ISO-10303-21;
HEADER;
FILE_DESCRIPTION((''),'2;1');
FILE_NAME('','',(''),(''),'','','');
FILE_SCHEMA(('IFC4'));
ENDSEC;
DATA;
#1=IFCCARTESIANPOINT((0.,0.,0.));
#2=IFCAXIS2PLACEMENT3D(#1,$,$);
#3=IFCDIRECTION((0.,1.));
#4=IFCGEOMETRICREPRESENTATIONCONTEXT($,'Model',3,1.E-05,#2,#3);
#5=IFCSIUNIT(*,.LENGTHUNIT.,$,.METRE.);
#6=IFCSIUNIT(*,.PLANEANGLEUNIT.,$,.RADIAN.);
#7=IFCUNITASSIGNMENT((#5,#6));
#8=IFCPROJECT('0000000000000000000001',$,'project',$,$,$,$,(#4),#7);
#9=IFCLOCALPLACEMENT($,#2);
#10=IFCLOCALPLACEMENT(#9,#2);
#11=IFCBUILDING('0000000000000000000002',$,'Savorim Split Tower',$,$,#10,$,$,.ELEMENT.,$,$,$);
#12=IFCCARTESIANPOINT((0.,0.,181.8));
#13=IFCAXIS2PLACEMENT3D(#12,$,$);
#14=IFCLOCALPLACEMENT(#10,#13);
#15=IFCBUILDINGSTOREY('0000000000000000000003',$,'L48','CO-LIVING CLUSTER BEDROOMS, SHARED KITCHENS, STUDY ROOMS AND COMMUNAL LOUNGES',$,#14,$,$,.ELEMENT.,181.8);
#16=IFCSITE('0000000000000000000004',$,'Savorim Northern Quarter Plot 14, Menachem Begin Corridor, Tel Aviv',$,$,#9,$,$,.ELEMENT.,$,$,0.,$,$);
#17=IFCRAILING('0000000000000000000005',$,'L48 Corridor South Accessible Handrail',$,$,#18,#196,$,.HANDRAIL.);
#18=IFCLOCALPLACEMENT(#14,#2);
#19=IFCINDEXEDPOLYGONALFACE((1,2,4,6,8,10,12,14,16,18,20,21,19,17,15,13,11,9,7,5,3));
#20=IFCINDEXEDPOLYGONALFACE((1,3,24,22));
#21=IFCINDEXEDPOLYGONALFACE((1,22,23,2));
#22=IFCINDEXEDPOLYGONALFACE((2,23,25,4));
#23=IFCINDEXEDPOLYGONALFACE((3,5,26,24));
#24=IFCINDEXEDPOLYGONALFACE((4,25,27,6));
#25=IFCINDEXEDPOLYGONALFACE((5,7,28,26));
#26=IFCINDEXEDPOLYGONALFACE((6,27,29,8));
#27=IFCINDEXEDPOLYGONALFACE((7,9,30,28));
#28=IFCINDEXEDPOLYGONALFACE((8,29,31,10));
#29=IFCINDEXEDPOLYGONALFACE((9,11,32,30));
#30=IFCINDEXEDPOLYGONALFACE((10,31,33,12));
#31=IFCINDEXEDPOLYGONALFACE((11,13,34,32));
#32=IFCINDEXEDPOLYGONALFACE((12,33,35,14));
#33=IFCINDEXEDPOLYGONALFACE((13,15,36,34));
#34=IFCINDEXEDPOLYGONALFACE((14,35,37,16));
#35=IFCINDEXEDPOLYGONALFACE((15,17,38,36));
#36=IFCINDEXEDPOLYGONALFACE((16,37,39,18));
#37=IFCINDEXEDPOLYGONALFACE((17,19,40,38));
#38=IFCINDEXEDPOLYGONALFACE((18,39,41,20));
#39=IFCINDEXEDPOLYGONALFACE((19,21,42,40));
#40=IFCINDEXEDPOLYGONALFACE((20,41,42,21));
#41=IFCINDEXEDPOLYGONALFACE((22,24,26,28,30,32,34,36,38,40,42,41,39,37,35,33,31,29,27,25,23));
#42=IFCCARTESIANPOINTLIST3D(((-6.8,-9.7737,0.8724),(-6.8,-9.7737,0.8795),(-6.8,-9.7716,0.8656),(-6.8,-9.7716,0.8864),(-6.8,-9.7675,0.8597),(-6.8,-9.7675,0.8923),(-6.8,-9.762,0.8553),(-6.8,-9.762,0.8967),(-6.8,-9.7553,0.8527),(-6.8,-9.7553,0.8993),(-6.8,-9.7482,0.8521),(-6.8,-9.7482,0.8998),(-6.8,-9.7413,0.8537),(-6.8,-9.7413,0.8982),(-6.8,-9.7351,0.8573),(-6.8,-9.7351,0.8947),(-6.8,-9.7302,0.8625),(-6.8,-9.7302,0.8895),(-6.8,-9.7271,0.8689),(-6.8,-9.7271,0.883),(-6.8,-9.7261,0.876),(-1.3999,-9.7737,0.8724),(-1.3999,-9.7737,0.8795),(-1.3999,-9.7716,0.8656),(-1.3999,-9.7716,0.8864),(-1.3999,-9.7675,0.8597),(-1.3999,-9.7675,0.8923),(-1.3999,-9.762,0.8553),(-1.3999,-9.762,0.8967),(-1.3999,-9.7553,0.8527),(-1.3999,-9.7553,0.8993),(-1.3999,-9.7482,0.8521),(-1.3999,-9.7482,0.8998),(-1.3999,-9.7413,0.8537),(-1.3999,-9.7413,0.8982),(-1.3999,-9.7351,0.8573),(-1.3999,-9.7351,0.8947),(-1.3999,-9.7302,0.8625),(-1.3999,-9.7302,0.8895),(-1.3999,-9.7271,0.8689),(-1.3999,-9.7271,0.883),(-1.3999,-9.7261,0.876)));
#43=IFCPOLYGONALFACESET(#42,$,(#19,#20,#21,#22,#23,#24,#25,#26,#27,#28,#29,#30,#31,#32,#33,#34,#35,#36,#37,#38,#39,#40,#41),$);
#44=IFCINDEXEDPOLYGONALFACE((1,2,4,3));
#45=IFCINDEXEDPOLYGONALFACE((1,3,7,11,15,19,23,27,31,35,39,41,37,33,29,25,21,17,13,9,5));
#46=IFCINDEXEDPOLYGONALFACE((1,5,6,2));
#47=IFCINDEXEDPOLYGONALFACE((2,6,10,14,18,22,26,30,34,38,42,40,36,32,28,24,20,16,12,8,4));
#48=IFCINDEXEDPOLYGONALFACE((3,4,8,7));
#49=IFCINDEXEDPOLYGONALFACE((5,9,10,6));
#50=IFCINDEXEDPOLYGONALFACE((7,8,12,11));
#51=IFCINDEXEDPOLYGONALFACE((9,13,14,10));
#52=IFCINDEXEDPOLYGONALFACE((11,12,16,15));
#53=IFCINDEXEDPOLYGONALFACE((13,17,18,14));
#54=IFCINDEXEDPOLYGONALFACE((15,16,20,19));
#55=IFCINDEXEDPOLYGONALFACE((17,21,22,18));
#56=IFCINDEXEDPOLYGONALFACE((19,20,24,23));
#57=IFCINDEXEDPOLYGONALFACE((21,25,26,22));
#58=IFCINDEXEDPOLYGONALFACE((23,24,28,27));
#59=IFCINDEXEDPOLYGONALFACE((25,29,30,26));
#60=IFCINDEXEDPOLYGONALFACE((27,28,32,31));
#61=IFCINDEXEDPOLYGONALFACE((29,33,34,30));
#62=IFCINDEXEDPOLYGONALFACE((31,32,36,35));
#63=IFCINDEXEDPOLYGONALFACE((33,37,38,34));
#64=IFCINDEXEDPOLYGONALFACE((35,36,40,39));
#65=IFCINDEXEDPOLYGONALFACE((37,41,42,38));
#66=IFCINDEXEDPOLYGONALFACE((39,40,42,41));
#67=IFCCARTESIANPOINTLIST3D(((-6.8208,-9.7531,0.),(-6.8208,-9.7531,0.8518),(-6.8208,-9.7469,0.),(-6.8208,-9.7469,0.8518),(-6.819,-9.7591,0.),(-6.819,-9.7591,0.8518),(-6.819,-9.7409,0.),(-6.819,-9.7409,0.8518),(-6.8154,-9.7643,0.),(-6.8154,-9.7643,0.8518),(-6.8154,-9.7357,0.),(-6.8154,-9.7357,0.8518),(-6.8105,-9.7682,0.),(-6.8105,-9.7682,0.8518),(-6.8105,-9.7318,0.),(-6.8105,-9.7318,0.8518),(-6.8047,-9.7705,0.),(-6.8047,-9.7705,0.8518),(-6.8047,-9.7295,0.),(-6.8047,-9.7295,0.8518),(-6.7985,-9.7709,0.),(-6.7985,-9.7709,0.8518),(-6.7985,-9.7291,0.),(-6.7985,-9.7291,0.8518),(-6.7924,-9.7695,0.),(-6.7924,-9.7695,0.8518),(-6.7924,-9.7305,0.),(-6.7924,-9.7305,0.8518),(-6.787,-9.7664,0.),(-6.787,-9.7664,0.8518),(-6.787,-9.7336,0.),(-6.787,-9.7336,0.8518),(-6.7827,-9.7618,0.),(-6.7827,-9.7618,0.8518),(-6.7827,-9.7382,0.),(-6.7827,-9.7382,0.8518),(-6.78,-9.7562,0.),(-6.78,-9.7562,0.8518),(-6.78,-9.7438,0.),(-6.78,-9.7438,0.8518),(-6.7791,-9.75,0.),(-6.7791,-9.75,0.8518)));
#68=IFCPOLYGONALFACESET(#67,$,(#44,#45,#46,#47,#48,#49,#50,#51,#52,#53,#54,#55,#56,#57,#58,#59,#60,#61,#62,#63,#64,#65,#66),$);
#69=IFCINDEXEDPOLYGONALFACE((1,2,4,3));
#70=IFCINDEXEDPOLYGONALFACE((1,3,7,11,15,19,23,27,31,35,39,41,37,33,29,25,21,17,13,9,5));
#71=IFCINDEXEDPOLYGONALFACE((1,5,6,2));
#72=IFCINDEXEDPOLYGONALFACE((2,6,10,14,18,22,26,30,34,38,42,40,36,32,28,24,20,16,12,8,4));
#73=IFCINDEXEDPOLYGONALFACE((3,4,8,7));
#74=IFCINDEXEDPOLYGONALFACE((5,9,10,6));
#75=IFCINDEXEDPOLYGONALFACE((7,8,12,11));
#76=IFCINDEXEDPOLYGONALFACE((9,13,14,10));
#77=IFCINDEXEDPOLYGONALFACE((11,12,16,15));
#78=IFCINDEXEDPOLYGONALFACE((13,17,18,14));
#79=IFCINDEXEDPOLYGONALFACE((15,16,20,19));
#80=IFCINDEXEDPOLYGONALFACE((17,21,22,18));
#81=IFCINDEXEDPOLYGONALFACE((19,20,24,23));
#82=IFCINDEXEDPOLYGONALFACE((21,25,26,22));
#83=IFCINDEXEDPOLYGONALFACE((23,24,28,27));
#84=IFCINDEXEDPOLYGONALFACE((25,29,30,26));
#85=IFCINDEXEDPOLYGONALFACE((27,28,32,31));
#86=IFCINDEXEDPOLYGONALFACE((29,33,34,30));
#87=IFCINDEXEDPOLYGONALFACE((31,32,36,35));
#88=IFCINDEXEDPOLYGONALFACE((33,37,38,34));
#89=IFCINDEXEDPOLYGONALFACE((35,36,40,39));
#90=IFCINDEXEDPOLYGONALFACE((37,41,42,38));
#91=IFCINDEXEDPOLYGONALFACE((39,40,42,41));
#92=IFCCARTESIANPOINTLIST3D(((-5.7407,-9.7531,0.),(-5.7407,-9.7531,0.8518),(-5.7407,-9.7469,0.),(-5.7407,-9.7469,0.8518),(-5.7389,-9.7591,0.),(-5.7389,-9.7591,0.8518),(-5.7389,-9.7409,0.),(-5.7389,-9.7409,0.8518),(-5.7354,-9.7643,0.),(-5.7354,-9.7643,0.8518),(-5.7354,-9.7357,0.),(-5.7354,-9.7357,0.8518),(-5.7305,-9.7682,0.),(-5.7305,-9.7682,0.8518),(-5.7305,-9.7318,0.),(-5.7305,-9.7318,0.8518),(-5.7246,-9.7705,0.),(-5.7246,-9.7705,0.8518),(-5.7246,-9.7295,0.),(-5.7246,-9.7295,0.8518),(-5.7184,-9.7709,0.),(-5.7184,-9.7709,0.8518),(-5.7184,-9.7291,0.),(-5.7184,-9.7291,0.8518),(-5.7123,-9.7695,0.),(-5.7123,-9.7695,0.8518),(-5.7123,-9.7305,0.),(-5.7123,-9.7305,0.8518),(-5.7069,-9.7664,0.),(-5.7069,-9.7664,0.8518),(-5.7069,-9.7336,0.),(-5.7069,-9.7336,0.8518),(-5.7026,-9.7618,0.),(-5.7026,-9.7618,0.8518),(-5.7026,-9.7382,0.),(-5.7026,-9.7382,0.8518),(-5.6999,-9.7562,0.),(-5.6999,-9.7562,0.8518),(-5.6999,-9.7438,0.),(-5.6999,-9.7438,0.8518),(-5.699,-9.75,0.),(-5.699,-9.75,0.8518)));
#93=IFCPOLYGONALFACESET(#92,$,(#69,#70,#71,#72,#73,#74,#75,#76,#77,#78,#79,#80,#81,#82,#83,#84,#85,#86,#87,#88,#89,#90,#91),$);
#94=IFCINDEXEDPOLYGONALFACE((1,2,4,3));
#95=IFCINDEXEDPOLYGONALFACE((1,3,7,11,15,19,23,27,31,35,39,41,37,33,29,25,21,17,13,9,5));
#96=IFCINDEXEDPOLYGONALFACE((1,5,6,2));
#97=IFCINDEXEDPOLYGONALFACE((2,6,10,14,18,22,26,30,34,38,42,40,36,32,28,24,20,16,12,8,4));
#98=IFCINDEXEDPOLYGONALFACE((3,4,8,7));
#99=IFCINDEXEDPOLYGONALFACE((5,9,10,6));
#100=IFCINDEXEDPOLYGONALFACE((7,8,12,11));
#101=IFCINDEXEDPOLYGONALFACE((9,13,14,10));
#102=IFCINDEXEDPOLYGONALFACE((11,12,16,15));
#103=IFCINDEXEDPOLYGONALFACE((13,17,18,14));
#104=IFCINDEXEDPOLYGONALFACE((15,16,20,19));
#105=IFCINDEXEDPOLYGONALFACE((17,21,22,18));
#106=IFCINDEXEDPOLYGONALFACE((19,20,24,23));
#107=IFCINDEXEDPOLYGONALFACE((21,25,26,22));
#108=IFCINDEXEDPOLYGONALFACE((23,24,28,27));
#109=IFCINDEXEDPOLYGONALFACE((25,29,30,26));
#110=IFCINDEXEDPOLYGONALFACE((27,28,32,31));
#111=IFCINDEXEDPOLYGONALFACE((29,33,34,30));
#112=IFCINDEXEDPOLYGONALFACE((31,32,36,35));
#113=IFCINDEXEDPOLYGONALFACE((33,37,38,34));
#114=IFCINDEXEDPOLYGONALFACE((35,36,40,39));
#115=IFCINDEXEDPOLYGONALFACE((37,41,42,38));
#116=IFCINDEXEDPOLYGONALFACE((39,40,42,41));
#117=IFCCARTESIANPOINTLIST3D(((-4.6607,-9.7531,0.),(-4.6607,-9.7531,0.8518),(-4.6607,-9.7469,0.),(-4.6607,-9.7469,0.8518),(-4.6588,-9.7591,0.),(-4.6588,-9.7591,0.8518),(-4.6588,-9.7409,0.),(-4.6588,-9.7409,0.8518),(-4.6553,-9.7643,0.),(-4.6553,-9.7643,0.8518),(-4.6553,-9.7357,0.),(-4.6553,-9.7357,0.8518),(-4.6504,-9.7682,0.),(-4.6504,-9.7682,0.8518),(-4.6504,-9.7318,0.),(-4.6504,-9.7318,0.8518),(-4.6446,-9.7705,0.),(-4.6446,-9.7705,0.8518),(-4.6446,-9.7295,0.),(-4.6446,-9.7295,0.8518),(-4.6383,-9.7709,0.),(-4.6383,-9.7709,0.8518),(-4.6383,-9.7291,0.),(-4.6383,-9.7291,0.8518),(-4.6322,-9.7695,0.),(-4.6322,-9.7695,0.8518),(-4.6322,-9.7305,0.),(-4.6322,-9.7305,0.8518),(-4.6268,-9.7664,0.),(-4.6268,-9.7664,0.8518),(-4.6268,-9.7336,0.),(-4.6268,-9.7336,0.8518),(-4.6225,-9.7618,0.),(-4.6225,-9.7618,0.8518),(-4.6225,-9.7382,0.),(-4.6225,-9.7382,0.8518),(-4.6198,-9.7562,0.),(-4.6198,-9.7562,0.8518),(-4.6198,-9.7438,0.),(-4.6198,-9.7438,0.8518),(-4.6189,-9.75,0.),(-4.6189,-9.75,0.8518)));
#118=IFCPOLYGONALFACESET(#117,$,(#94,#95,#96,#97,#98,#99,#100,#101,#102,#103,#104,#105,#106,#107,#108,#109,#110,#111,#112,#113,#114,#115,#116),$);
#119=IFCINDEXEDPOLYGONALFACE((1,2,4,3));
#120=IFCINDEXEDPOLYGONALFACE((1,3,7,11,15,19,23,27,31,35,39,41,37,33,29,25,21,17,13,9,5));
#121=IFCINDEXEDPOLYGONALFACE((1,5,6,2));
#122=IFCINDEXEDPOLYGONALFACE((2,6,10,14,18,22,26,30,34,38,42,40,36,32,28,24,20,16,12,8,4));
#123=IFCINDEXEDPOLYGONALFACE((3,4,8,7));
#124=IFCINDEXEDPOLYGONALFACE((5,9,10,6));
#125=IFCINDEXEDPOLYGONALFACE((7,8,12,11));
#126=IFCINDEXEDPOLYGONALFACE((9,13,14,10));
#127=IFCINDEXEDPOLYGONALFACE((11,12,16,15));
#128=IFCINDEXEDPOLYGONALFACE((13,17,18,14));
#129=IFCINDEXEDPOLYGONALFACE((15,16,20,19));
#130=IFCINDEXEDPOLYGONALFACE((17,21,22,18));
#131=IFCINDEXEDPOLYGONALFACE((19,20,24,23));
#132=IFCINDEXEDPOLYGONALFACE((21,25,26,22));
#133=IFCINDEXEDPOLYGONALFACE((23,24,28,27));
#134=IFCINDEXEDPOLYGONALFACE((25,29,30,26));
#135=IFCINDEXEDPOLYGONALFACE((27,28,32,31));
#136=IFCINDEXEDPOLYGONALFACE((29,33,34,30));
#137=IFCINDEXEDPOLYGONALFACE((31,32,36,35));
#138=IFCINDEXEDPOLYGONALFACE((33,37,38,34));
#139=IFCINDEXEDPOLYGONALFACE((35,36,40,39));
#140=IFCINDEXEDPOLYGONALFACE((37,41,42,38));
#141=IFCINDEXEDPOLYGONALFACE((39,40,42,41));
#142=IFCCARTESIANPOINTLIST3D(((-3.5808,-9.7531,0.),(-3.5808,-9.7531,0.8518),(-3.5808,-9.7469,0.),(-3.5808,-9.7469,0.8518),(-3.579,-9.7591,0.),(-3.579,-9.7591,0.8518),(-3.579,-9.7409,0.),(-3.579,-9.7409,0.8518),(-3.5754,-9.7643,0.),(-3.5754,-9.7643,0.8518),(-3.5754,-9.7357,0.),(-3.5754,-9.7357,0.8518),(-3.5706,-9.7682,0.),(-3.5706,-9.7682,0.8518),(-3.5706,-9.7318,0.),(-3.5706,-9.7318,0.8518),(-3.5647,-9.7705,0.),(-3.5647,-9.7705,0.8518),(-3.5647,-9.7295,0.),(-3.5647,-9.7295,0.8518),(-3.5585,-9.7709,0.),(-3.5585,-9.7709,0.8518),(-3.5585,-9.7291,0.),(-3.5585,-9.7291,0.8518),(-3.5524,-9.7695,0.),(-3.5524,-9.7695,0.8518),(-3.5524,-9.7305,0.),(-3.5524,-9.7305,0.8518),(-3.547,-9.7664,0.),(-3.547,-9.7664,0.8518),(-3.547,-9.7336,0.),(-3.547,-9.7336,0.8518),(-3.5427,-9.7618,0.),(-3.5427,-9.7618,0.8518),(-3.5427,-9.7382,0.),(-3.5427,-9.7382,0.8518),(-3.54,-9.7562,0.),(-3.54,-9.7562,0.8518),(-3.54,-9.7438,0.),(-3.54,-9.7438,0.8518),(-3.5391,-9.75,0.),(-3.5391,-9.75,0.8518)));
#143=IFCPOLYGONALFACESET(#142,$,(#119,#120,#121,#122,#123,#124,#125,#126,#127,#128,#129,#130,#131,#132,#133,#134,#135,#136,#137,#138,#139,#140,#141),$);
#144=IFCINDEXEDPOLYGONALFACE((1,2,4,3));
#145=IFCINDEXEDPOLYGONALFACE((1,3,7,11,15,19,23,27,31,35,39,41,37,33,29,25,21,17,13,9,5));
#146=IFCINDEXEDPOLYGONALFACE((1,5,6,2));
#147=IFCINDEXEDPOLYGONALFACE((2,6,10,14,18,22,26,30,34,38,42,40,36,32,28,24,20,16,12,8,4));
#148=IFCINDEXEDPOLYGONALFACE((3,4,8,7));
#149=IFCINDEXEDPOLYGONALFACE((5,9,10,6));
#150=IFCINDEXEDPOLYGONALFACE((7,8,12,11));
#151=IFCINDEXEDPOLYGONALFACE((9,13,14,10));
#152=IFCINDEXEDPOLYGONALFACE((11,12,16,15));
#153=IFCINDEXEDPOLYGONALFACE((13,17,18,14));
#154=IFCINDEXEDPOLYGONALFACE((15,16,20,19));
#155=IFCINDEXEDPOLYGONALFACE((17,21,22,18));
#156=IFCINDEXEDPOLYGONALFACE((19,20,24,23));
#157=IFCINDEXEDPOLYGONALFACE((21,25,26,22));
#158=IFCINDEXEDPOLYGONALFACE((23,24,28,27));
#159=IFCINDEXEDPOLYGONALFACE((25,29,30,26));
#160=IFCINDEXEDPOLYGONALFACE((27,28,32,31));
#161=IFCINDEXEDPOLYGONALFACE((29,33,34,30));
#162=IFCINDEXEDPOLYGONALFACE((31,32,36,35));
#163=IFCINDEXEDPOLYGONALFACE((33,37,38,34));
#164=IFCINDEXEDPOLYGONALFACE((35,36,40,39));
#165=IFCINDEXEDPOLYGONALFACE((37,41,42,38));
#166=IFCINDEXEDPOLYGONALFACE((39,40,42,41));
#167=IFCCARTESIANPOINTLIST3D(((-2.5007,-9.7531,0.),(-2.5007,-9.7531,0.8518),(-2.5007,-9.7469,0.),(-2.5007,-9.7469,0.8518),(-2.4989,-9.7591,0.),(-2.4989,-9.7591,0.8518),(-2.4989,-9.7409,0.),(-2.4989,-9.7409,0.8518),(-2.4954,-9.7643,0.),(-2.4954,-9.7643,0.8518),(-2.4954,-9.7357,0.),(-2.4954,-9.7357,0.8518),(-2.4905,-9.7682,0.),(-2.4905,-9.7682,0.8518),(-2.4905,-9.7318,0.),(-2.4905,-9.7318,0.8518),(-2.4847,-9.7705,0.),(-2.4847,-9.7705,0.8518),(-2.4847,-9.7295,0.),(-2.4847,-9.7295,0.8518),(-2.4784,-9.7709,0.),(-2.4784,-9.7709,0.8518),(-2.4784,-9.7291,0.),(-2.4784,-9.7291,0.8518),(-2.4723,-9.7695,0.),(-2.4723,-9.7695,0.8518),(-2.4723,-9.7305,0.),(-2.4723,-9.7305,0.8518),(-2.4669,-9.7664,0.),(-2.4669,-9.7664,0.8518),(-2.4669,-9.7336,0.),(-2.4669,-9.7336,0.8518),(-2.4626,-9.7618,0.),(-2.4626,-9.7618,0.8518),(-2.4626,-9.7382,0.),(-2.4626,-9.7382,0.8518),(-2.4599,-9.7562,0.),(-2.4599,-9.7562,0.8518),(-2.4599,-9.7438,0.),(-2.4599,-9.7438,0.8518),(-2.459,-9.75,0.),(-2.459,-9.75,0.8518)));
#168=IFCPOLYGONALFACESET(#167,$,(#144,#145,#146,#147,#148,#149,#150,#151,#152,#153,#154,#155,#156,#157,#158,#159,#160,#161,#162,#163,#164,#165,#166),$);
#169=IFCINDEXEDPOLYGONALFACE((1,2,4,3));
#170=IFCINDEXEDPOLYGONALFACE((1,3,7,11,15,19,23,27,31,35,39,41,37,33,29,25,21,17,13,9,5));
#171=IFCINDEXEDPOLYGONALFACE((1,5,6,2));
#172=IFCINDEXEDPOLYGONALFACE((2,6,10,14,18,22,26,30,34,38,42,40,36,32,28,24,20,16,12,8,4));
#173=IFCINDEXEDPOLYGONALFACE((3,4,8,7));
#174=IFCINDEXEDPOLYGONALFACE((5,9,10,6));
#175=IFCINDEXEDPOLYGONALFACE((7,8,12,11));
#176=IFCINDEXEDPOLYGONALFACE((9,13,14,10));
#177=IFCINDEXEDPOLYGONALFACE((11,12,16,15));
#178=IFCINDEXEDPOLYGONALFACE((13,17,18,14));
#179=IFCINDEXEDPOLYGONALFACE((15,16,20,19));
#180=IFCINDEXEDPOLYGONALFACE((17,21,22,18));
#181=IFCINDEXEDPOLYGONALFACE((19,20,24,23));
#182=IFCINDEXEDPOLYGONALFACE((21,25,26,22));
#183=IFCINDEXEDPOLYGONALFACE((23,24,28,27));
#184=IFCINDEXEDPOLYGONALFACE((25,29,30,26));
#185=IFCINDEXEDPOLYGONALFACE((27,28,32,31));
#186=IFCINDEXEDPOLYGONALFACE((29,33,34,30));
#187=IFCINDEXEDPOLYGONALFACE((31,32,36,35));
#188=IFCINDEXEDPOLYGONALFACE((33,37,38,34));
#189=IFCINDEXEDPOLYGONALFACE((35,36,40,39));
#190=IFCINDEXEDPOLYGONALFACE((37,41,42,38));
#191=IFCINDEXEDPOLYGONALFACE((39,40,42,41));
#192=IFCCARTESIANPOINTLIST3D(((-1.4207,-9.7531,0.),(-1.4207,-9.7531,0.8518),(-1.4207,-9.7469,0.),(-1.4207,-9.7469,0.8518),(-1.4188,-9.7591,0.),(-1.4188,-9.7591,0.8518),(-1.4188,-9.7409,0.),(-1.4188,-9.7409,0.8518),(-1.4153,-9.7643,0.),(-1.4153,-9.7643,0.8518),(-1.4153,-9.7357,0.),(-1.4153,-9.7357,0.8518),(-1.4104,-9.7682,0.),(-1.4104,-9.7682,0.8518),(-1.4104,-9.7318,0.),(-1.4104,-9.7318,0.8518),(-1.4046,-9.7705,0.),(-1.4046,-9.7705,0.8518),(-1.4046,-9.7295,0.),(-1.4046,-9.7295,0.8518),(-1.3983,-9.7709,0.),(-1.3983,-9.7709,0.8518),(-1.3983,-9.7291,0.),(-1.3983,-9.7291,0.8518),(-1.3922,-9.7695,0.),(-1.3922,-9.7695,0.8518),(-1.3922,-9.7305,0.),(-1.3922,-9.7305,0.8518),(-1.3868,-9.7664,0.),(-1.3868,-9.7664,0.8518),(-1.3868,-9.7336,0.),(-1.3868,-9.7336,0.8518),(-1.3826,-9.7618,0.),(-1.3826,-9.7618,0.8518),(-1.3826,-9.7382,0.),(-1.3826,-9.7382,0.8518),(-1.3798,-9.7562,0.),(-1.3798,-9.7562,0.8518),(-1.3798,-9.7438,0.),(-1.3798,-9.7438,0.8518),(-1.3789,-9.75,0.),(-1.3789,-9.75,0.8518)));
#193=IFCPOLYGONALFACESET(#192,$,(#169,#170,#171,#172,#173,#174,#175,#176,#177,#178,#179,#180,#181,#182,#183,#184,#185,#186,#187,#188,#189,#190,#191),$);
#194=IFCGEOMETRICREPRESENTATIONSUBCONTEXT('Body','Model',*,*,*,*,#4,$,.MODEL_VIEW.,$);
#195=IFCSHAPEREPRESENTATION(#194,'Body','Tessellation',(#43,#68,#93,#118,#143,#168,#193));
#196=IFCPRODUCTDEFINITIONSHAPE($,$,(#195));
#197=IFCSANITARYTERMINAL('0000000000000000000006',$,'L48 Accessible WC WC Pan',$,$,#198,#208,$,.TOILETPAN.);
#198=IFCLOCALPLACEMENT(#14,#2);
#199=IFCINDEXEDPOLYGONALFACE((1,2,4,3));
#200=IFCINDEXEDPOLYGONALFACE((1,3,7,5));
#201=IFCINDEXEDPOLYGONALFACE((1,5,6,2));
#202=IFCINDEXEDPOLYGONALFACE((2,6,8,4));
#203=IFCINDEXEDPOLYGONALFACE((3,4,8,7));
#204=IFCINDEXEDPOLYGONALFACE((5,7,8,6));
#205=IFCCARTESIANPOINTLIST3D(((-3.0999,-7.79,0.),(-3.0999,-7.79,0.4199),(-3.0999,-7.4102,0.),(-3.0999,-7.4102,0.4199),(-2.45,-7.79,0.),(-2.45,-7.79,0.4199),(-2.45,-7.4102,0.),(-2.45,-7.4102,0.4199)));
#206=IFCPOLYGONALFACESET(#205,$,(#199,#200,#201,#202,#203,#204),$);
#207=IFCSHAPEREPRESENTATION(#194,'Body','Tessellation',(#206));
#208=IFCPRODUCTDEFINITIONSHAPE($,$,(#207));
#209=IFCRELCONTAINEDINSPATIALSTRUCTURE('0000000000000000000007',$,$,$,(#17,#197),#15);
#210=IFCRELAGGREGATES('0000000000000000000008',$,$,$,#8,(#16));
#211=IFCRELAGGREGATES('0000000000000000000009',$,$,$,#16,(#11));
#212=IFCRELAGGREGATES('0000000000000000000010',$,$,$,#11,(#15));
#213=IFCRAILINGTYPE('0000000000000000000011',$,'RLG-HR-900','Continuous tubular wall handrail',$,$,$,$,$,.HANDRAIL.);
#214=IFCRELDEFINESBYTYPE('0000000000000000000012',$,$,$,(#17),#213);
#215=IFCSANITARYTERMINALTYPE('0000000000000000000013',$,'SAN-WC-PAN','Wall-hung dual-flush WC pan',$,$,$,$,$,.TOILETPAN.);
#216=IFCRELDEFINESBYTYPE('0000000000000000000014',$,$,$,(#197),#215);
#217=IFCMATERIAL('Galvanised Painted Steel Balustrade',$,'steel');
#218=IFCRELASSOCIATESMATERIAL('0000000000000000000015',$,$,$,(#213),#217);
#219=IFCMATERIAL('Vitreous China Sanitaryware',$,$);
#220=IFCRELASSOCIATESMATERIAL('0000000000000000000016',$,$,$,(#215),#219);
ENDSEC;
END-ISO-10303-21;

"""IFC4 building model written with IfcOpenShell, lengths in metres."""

from ifc_helpers import new_model, si_unit, direction, frame, origin, origin_2d, place, context, subcontext, project, spatial, rectangle, circle, extrude, material, type_object, element, save


model = new_model("IFC4")

# Units and contexts
model_context = context("Model", 3, precision=1e-05, world=origin(), true_north=direction((0.0, 1.0)))
body_context = subcontext(model_context, "Body", "Model", "MODEL_VIEW")
ifc_project = project(units=[si_unit("LENGTHUNIT", "METRE"), si_unit("PLANEANGLEUNIT", "RADIAN")], contexts=[model_context])

# Site, building, storey
site_placement = place(None, origin())
site = spatial("IfcSite", under=ifc_project, at=site_placement, Name="Savorim Northern Quarter Plot 14, Menachem Begin Corridor, Tel Aviv", CompositionType="ELEMENT", RefElevation=0.0)
building_placement = place(site_placement, origin())
building = spatial("IfcBuilding", under=site, at=building_placement, Name="Savorim Split Tower", CompositionType="ELEMENT")
storey_placement = place(building_placement, frame((0.0, 0.0, 181.8)))
storey = spatial("IfcBuildingStorey", under=building, at=storey_placement, Name="L48", Description="CO-LIVING CLUSTER BEDROOMS, SHARED KITCHENS, STUDY ROOMS AND COMMUNAL LOUNGES", CompositionType="ELEMENT", Elevation=181.8)

# Railing
ifc_material_1 = material(Name="Galvanised Painted Steel Balustrade", Category="steel")
railing_type = type_object("IfcRailingType", Name="RLG-HR-900", Description="Continuous tubular wall handrail", PredefinedType="HANDRAIL", material=ifc_material_1)
railing_placement = place(storey_placement, frame((-6.8, -9.75, 0.0)))
element("IfcRailing", 1, at=railing_placement, inside=storey, type_object=railing_type, Name="L48 Corridor South Accessible Handrail", PredefinedType="HANDRAIL", context=body_context, shape_type="SweptSolid", body=[
    extrude(circle(Radius=0.0239, at=origin_2d()), frame((0.0, 0.0, 0.876), z_axis=(1.0, 0.0, 0.0), x_axis=(0.0, 1.0, 0.0)), (0.0, 0.0, 1.0), 5.4001),
    extrude(circle(Radius=0.021, at=origin_2d()), origin(), (0.0, 0.0, 1.0), 0.8518),
    extrude(circle(Radius=0.021, at=origin_2d()), frame((1.0801, 0.0, 0.0)), (0.0, 0.0, 1.0), 0.8518),
    extrude(circle(Radius=0.021, at=origin_2d()), frame((2.1602, 0.0, 0.0)), (0.0, 0.0, 1.0), 0.8518),
    extrude(circle(Radius=0.021, at=origin_2d()), frame((3.24, 0.0, 0.0)), (0.0, 0.0, 1.0), 0.8518),
    extrude(circle(Radius=0.021, at=origin_2d()), frame((4.3201, 0.0, 0.0)), (0.0, 0.0, 1.0), 0.8518),
    extrude(circle(Radius=0.021, at=origin_2d()), frame((5.4001, 0.0, 0.0)), (0.0, 0.0, 1.0), 0.8518),
])

# Sanitary terminal
ifc_material_2 = material(Name="Vitreous China Sanitaryware")
sanitary_terminal_type_1 = type_object("IfcSanitaryTerminalType", Name="SAN-WC-PAN", Description="Wall-hung dual-flush WC pan", PredefinedType="TOILETPAN", material=ifc_material_2)
sanitary_terminal_1_placement = place(storey_placement, frame((-2.7749, -7.6001, 0.0), z_axis=(0.0, 0.0, 1.0), x_axis=(1.0, 0.0, 0.0)))
element("IfcSanitaryTerminal", 2, at=sanitary_terminal_1_placement, inside=storey, type_object=sanitary_terminal_type_1, Name="L48 Accessible WC WC Pan", PredefinedType="TOILETPAN", context=body_context, shape_type="SweptSolid", body=[
    extrude(rectangle(XDim=0.6499, YDim=0.3799, at=origin_2d()), origin(), (0.0, 0.0, 1.0), 0.4199),
])

save(model, "model.ifc")
